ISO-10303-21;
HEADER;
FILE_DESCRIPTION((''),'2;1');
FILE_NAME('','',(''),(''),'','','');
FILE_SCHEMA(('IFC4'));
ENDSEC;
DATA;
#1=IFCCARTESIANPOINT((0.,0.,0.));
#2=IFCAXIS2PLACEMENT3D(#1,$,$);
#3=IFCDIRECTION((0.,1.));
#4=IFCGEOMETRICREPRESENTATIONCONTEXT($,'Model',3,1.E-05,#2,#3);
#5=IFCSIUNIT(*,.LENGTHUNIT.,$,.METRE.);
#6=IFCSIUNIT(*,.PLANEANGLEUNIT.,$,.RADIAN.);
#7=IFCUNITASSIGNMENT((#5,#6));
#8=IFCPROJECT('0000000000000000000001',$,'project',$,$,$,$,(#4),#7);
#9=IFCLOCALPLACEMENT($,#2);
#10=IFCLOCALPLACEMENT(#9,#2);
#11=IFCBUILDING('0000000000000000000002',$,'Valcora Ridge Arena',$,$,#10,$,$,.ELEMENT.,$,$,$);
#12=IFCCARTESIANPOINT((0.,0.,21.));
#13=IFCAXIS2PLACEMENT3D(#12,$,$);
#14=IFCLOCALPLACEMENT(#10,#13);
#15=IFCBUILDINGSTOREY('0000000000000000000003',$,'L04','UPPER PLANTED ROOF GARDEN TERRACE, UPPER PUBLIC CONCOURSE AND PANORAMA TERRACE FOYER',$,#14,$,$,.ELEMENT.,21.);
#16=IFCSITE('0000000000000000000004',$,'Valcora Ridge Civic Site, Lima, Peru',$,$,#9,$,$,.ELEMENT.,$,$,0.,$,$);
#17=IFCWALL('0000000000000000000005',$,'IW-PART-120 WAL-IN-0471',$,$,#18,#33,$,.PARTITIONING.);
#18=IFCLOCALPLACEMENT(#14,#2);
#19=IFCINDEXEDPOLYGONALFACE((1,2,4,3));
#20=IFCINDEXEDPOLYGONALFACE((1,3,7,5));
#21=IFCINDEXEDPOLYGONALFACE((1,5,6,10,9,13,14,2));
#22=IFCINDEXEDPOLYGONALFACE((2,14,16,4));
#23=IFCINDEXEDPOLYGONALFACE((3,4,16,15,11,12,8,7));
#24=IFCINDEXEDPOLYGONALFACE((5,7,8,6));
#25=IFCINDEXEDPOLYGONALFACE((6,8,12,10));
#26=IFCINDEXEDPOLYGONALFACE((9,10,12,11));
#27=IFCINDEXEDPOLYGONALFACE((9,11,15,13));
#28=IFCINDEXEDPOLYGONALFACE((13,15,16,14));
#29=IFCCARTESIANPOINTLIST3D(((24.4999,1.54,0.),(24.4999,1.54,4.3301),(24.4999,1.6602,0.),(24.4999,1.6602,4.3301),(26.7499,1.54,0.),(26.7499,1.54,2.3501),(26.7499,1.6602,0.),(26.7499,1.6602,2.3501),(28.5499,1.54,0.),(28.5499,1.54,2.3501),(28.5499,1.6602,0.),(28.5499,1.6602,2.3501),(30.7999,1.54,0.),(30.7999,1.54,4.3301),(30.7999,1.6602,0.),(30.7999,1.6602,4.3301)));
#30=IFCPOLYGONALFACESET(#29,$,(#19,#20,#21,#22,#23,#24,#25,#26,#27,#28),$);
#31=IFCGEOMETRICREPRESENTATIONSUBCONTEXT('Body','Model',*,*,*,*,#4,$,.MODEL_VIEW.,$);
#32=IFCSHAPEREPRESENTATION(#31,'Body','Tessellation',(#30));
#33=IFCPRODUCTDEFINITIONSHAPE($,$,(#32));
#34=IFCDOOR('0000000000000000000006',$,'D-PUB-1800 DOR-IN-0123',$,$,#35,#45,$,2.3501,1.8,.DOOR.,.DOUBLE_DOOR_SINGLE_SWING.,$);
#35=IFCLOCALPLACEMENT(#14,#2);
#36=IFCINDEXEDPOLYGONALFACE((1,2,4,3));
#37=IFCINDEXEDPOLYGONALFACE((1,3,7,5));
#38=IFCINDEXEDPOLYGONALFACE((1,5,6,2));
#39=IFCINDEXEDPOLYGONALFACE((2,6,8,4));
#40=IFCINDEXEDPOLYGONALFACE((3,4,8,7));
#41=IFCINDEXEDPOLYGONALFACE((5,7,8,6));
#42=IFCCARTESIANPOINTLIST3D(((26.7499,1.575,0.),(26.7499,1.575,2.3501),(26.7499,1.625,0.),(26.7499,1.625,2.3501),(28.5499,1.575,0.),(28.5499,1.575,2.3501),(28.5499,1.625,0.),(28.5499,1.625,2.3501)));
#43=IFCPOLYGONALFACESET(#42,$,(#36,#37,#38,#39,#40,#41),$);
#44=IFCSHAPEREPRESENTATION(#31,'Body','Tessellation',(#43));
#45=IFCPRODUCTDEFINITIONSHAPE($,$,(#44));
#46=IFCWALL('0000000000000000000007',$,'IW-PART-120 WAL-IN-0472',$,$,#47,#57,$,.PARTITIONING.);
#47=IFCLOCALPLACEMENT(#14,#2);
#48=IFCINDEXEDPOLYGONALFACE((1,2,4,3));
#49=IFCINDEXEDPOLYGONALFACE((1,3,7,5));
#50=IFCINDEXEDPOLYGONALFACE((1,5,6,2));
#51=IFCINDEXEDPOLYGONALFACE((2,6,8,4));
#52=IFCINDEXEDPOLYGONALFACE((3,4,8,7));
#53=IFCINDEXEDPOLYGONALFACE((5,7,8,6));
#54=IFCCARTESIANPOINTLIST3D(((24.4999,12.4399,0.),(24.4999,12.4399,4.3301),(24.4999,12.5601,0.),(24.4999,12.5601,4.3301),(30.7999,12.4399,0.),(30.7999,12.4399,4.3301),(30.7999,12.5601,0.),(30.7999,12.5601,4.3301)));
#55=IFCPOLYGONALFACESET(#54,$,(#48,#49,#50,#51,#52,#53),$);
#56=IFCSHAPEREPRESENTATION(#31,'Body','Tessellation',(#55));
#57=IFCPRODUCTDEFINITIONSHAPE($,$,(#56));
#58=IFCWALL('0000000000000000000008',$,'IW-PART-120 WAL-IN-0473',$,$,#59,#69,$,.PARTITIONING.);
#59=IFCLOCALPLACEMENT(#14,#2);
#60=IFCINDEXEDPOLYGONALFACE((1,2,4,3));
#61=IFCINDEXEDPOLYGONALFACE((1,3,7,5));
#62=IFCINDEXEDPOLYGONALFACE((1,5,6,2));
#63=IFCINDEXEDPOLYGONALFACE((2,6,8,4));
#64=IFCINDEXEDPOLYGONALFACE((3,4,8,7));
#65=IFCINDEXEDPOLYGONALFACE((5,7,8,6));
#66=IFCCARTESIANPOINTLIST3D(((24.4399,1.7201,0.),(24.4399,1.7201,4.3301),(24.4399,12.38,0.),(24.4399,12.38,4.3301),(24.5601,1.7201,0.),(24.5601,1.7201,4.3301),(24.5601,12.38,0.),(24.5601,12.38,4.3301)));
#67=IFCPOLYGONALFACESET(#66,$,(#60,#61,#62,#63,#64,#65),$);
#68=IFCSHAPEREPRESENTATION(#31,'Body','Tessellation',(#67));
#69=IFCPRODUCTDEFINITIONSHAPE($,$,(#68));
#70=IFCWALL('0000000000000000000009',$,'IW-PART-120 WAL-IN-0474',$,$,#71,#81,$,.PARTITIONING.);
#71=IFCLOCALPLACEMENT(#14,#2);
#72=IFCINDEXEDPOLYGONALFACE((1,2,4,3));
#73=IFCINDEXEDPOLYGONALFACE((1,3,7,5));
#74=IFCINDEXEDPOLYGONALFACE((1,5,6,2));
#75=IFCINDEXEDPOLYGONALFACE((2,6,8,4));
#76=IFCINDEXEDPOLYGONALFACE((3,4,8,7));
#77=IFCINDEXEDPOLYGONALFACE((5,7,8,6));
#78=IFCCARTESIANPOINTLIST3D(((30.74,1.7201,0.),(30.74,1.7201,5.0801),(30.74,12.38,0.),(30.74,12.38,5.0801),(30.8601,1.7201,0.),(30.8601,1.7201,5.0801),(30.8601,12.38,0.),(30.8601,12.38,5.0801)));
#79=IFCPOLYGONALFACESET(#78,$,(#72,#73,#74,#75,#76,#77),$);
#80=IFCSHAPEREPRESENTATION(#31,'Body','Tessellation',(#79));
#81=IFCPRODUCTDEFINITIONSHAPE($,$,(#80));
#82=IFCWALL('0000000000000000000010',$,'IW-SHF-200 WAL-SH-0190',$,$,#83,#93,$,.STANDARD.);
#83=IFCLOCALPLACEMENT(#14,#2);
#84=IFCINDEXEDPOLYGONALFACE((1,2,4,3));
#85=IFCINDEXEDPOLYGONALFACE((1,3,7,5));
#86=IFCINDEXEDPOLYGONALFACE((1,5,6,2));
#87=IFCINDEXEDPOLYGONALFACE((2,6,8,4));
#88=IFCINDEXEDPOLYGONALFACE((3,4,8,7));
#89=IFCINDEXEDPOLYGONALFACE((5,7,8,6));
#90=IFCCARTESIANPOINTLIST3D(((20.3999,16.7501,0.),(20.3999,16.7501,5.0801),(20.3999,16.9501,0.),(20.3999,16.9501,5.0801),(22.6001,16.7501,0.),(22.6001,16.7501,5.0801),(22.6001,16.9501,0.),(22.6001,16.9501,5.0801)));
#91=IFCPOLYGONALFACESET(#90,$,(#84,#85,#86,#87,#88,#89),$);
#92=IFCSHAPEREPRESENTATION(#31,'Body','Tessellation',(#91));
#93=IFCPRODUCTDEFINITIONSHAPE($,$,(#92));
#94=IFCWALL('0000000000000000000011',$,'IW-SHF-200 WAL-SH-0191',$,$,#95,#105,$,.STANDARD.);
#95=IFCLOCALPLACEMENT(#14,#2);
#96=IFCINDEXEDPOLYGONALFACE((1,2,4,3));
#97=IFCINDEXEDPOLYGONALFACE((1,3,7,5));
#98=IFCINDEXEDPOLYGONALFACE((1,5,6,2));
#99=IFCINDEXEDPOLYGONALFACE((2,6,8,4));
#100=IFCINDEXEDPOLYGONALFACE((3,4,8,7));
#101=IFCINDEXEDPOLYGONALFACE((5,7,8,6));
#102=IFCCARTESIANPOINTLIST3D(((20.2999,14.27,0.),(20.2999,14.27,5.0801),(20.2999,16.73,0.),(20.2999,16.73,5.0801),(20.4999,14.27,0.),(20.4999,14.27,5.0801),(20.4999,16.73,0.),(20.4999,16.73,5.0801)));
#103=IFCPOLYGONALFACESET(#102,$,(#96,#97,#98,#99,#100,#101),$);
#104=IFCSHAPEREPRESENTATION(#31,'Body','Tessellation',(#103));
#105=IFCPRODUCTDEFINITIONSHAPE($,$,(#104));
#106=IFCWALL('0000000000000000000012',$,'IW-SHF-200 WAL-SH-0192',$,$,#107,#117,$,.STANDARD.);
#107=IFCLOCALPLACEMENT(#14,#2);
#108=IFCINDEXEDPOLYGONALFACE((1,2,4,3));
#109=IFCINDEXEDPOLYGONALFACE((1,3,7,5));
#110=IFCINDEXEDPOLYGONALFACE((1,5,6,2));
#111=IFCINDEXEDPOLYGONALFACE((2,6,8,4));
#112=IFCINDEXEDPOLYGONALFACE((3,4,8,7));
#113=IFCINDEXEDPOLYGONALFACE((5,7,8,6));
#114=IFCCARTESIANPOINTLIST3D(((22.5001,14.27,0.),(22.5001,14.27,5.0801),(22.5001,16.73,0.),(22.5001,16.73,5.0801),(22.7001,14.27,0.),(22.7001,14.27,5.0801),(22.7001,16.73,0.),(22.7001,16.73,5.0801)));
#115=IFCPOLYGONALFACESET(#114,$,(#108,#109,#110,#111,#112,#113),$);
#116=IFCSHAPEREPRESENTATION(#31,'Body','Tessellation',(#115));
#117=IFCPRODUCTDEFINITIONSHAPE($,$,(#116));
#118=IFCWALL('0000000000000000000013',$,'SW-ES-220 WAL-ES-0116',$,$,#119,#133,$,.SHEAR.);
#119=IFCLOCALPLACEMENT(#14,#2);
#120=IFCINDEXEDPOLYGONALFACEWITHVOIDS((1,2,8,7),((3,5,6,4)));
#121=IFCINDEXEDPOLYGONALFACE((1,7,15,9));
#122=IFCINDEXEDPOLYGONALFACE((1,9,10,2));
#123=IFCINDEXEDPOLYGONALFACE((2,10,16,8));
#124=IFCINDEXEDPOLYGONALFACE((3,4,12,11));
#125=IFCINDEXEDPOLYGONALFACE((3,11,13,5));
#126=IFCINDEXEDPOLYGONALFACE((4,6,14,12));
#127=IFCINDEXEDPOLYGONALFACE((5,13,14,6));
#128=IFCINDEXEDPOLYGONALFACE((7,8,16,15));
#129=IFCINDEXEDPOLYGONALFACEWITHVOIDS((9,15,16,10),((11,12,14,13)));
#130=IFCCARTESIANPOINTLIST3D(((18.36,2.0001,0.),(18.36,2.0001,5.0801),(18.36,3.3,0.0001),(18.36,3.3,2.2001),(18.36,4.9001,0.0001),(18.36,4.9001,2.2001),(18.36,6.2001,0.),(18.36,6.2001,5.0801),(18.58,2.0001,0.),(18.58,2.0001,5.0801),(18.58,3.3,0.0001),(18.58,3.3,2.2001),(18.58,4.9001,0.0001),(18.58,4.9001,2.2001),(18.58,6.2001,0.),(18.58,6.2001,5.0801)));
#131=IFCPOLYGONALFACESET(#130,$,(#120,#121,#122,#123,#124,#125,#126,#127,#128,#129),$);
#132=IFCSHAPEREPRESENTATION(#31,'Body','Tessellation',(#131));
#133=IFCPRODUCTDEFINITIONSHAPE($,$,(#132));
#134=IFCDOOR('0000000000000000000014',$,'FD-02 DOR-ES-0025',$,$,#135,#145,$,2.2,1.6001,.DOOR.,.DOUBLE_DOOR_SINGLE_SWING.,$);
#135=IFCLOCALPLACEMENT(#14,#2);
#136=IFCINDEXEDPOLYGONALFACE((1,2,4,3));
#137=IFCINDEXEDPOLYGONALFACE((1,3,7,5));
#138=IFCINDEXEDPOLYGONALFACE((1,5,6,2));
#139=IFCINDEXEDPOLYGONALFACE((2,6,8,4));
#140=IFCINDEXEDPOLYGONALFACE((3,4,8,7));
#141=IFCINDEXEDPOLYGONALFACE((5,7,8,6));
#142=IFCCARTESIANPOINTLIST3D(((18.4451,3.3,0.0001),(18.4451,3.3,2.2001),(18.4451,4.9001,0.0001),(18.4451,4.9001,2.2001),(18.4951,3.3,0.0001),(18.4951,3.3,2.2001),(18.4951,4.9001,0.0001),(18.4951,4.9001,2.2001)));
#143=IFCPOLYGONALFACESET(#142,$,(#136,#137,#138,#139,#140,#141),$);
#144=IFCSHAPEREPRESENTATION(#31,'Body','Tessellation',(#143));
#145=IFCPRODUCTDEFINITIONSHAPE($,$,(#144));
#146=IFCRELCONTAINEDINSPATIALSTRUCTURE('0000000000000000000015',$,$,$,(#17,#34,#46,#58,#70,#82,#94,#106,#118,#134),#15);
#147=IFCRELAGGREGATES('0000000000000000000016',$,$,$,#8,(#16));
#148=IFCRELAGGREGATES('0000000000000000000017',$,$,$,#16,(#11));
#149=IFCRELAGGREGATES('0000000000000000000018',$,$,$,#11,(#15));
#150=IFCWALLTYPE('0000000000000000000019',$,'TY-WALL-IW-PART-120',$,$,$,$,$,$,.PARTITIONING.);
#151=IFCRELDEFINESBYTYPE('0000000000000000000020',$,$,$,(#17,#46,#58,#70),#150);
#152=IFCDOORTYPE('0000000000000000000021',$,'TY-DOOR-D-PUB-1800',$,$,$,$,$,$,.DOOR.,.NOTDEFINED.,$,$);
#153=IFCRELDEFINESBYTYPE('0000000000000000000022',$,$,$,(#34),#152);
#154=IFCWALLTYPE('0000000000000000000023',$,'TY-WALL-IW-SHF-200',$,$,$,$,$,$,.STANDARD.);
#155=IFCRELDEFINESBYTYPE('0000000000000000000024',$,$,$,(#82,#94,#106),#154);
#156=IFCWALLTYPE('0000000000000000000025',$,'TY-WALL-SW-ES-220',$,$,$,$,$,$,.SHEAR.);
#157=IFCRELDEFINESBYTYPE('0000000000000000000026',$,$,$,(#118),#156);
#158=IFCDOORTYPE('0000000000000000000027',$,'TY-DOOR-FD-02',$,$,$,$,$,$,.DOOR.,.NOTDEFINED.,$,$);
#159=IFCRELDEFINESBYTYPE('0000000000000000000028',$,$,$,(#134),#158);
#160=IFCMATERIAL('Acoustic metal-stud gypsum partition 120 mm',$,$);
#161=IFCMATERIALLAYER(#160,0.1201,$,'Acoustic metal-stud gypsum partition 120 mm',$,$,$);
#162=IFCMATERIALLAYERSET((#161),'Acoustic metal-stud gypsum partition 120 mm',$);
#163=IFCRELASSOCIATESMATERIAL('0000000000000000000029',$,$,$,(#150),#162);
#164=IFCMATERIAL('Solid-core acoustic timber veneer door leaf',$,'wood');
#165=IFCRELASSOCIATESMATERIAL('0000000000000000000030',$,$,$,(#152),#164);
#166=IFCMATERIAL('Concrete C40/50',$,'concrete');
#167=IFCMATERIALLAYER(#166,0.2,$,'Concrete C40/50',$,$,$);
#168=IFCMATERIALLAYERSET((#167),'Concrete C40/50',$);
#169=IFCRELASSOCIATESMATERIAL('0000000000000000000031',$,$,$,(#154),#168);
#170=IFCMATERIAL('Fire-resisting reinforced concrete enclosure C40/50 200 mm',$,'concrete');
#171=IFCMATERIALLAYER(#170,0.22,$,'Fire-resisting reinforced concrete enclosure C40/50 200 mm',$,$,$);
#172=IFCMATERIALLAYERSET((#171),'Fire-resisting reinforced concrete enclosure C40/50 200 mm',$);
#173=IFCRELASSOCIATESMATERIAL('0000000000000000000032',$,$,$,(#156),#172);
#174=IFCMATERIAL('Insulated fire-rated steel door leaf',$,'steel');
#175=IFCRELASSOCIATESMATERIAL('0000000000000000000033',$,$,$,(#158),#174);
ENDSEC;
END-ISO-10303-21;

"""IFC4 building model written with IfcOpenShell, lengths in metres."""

from ifc_helpers import new_model, si_unit, direction, frame, frame_2d, origin, place, context, subcontext, project, spatial, rectangle, extrude, material, layer, layer_set, type_object, element, fill, save


model = new_model("IFC4")

# Units and contexts
model_context = context("Model", 3, precision=1e-05, world=origin(), true_north=direction((0.0, 1.0)))
body_context = subcontext(model_context, "Body", "Model", "MODEL_VIEW")
ifc_project = project(units=[si_unit("LENGTHUNIT", "METRE"), si_unit("PLANEANGLEUNIT", "RADIAN")], contexts=[model_context])

# Site, building, storey
site_placement = place(None, origin())
site = spatial("IfcSite", under=ifc_project, at=site_placement, Name="Valcora Ridge Civic Site, Lima, Peru", CompositionType="ELEMENT", RefElevation=0.0)
building_placement = place(site_placement, origin())
building = spatial("IfcBuilding", under=site, at=building_placement, Name="Valcora Ridge Arena", CompositionType="ELEMENT")
storey_placement = place(building_placement, frame((0.0, 0.0, 21.0)))
storey = spatial("IfcBuildingStorey", under=building, at=storey_placement, Name="L04", Description="UPPER PLANTED ROOF GARDEN TERRACE, UPPER PUBLIC CONCOURSE AND PANORAMA TERRACE FOYER", CompositionType="ELEMENT", Elevation=21.0)

# Shared definitions
ifc_material_1 = material(Name="Concrete C40/50", Category="concrete")

# Wall, opening, door
ifc_material_2 = material(Name="Acoustic metal-stud gypsum partition 120 mm")
ifc_layer_1 = layer(ifc_material_2, 0.1201, Name="Acoustic metal-stud gypsum partition 120 mm")
ifc_layer_set_1 = layer_set([ifc_layer_1], Name="Acoustic metal-stud gypsum partition 120 mm")
wall_type_1 = type_object("IfcWallType", Name="TY-WALL-IW-PART-120", PredefinedType="PARTITIONING", material=ifc_layer_set_1)
wall_1_placement = place(storey_placement, frame((24.5, 1.6001, 0.0), z_axis=(0.0, 0.0, 1.0), x_axis=(1.0, 0.0, 0.0)))
wall_1 = element("IfcWall", 1, at=wall_1_placement, inside=storey, type_object=wall_type_1, Name="IW-PART-120 WAL-IN-0471", PredefinedType="PARTITIONING", context=body_context, shape_type="SweptSolid", body=[
    extrude(rectangle(XDim=6.3, YDim=0.1201, at=frame_2d((3.1499, 0.0))), origin(), (0.0, 0.0, 1.0), 4.3301),
])
opening_1_placement = place(wall_1_placement, frame((2.25, 0.0, 0.0)))
opening_1 = element("IfcOpeningElement", 2, at=opening_1_placement, cuts=wall_1, PredefinedType="OPENING", context=body_context, shape_type="SweptSolid", body=[
    extrude(rectangle(XDim=1.8, YDim=2.3501, at=frame_2d((0.8999, 1.175))), frame((0.0, 0.0701, 0.0), z_axis=(0.0, -1.0, 0.0), x_axis=(1.0, 0.0, 0.0)), (0.0, 0.0, 1.0), 0.1401),
])
ifc_material_3 = material(Name="Solid-core acoustic timber veneer door leaf", Category="wood")
door_type_1 = type_object("IfcDoorType", Name="TY-DOOR-D-PUB-1800", OperationType="NOTDEFINED", PredefinedType="DOOR", material=ifc_material_3)
door_1_placement = place(opening_1_placement, origin())
door_1 = element("IfcDoor", 3, at=door_1_placement, inside=storey, type_object=door_type_1, Name="D-PUB-1800 DOR-IN-0123", OperationType="DOUBLE_DOOR_SINGLE_SWING", OverallHeight=2.3501, OverallWidth=1.8, PredefinedType="DOOR", context=body_context, shape_type="SweptSolid", body=[
    extrude(rectangle(XDim=1.8, YDim=2.3501, at=frame_2d((0.8999, 1.175))), frame((0.0, 0.0249, 0.0), z_axis=(0.0, -1.0, 0.0), x_axis=(1.0, 0.0, 0.0)), (0.0, 0.0, 1.0), 0.05),
])
fill(opening_1, door_1)

# Walls
wall_2_placement = place(storey_placement, frame((24.5, 12.5, 0.0), z_axis=(0.0, 0.0, 1.0), x_axis=(1.0, 0.0, 0.0)))
element("IfcWall", 4, at=wall_2_placement, inside=storey, type_object=wall_type_1, Name="IW-PART-120 WAL-IN-0472", PredefinedType="PARTITIONING", context=body_context, shape_type="SweptSolid", body=[
    extrude(rectangle(XDim=6.3, YDim=0.1201, at=frame_2d((3.1499, 0.0))), origin(), (0.0, 0.0, 1.0), 4.3301),
])
wall_3_placement = place(storey_placement, frame((24.5, 1.72, 0.0), z_axis=(0.0, 0.0, 1.0), x_axis=(0.0, 1.0, 0.0)))
element("IfcWall", 5, at=wall_3_placement, inside=storey, type_object=wall_type_1, Name="IW-PART-120 WAL-IN-0473", PredefinedType="PARTITIONING", context=body_context, shape_type="SweptSolid", body=[
    extrude(rectangle(XDim=10.6599, YDim=0.1201, at=frame_2d((5.3301, 0.0))), origin(), (0.0, 0.0, 1.0), 4.3301),
])
wall_4_placement = place(storey_placement, frame((30.8, 1.72, 0.0), z_axis=(0.0, 0.0, 1.0), x_axis=(0.0, 1.0, 0.0)))
element("IfcWall", 6, at=wall_4_placement, inside=storey, type_object=wall_type_1, Name="IW-PART-120 WAL-IN-0474", PredefinedType="PARTITIONING", context=body_context, shape_type="SweptSolid", body=[
    extrude(rectangle(XDim=10.6599, YDim=0.1201, at=frame_2d((5.3301, 0.0))), origin(), (0.0, 0.0, 1.0), 5.0801),
])

# Shared definitions
ifc_layer_2 = layer(ifc_material_1, 0.2, Name="Concrete C40/50")
ifc_layer_set_2 = layer_set([ifc_layer_2], Name="Concrete C40/50")
wall_type_2 = type_object("IfcWallType", Name="TY-WALL-IW-SHF-200", PredefinedType="STANDARD", material=ifc_layer_set_2)

# Walls
wall_5_placement = place(storey_placement, frame((20.3999, 16.8501, 0.0), z_axis=(0.0, 0.0, 1.0), x_axis=(1.0, 0.0, 0.0)))
element("IfcWall", 7, at=wall_5_placement, inside=storey, type_object=wall_type_2, Name="IW-SHF-200 WAL-SH-0190", PredefinedType="STANDARD", context=body_context, shape_type="SweptSolid", body=[
    extrude(rectangle(XDim=2.2002, YDim=0.2, at=frame_2d((1.1001, 0.0))), origin(), (0.0, 0.0, 1.0), 5.0801),
])
for number, where, z_axis, x_axis, name in (
    (8, (20.3999, 14.27, 0.0), (0.0, 0.0, 1.0), (0.0, 1.0, 0.0), "IW-SHF-200 WAL-SH-0191"),
    (9, (22.6001, 14.27, 0.0), (0.0, 0.0, 1.0), (0.0, 1.0, 0.0), "IW-SHF-200 WAL-SH-0192"),
):
    element("IfcWall", number, at=place(storey_placement, frame(where, z_axis=z_axis, x_axis=x_axis)), inside=storey, type_object=wall_type_2, Name=name, PredefinedType="STANDARD", context=body_context, shape_type="SweptSolid", body=[
        extrude(rectangle(XDim=2.46, YDim=0.2, at=frame_2d((1.23, 0.0))), origin(), (0.0, 0.0, 1.0), 5.0801),
    ])

# Wall, opening, door
ifc_material_4 = material(Name="Fire-resisting reinforced concrete enclosure C40/50 200 mm", Category="concrete")
ifc_layer_3 = layer(ifc_material_4, 0.22, Name="Fire-resisting reinforced concrete enclosure C40/50 200 mm")
ifc_layer_set_3 = layer_set([ifc_layer_3], Name="Fire-resisting reinforced concrete enclosure C40/50 200 mm")
wall_type_3 = type_object("IfcWallType", Name="TY-WALL-SW-ES-220", PredefinedType="SHEAR", material=ifc_layer_set_3)
wall_6_placement = place(storey_placement, frame((18.47, 2.0, 0.0), z_axis=(0.0, 0.0, 1.0), x_axis=(0.0, 1.0, 0.0)))
wall_6 = element("IfcWall", 10, at=wall_6_placement, inside=storey, type_object=wall_type_3, Name="SW-ES-220 WAL-ES-0116", PredefinedType="SHEAR", context=body_context, shape_type="SweptSolid", body=[
    extrude(rectangle(XDim=4.2, YDim=0.22, at=frame_2d((2.1001, 0.0))), origin(), (0.0, 0.0, 1.0), 5.0801),
])
opening_2_placement = place(wall_6_placement, frame((1.3, 0.0, 0.0)))
opening_2 = element("IfcOpeningElement", 11, at=opening_2_placement, cuts=wall_6, PredefinedType="OPENING", context=body_context, shape_type="SweptSolid", body=[
    extrude(rectangle(XDim=1.6001, YDim=2.2, at=frame_2d((0.8, 1.1001))), frame((0.0, 0.1199, 0.0), z_axis=(0.0, -1.0, 0.0), x_axis=(1.0, 0.0, 0.0)), (0.0, 0.0, 1.0), 0.24),
])
ifc_material_5 = material(Name="Insulated fire-rated steel door leaf", Category="steel")
door_type_2 = type_object("IfcDoorType", Name="TY-DOOR-FD-02", OperationType="NOTDEFINED", PredefinedType="DOOR", material=ifc_material_5)
door_2_placement = place(opening_2_placement, origin())
door_2 = element("IfcDoor", 12, at=door_2_placement, inside=storey, type_object=door_type_2, Name="FD-02 DOR-ES-0025", OperationType="DOUBLE_DOOR_SINGLE_SWING", OverallHeight=2.2, OverallWidth=1.6001, PredefinedType="DOOR", context=body_context, shape_type="SweptSolid", body=[
    extrude(rectangle(XDim=1.6001, YDim=2.2, at=frame_2d((0.8, 1.1001))), frame((0.0, 0.0249, 0.0), z_axis=(0.0, -1.0, 0.0), x_axis=(1.0, 0.0, 0.0)), (0.0, 0.0, 1.0), 0.05),
])
fill(opening_2, door_2)

save(model, "model.ifc")
